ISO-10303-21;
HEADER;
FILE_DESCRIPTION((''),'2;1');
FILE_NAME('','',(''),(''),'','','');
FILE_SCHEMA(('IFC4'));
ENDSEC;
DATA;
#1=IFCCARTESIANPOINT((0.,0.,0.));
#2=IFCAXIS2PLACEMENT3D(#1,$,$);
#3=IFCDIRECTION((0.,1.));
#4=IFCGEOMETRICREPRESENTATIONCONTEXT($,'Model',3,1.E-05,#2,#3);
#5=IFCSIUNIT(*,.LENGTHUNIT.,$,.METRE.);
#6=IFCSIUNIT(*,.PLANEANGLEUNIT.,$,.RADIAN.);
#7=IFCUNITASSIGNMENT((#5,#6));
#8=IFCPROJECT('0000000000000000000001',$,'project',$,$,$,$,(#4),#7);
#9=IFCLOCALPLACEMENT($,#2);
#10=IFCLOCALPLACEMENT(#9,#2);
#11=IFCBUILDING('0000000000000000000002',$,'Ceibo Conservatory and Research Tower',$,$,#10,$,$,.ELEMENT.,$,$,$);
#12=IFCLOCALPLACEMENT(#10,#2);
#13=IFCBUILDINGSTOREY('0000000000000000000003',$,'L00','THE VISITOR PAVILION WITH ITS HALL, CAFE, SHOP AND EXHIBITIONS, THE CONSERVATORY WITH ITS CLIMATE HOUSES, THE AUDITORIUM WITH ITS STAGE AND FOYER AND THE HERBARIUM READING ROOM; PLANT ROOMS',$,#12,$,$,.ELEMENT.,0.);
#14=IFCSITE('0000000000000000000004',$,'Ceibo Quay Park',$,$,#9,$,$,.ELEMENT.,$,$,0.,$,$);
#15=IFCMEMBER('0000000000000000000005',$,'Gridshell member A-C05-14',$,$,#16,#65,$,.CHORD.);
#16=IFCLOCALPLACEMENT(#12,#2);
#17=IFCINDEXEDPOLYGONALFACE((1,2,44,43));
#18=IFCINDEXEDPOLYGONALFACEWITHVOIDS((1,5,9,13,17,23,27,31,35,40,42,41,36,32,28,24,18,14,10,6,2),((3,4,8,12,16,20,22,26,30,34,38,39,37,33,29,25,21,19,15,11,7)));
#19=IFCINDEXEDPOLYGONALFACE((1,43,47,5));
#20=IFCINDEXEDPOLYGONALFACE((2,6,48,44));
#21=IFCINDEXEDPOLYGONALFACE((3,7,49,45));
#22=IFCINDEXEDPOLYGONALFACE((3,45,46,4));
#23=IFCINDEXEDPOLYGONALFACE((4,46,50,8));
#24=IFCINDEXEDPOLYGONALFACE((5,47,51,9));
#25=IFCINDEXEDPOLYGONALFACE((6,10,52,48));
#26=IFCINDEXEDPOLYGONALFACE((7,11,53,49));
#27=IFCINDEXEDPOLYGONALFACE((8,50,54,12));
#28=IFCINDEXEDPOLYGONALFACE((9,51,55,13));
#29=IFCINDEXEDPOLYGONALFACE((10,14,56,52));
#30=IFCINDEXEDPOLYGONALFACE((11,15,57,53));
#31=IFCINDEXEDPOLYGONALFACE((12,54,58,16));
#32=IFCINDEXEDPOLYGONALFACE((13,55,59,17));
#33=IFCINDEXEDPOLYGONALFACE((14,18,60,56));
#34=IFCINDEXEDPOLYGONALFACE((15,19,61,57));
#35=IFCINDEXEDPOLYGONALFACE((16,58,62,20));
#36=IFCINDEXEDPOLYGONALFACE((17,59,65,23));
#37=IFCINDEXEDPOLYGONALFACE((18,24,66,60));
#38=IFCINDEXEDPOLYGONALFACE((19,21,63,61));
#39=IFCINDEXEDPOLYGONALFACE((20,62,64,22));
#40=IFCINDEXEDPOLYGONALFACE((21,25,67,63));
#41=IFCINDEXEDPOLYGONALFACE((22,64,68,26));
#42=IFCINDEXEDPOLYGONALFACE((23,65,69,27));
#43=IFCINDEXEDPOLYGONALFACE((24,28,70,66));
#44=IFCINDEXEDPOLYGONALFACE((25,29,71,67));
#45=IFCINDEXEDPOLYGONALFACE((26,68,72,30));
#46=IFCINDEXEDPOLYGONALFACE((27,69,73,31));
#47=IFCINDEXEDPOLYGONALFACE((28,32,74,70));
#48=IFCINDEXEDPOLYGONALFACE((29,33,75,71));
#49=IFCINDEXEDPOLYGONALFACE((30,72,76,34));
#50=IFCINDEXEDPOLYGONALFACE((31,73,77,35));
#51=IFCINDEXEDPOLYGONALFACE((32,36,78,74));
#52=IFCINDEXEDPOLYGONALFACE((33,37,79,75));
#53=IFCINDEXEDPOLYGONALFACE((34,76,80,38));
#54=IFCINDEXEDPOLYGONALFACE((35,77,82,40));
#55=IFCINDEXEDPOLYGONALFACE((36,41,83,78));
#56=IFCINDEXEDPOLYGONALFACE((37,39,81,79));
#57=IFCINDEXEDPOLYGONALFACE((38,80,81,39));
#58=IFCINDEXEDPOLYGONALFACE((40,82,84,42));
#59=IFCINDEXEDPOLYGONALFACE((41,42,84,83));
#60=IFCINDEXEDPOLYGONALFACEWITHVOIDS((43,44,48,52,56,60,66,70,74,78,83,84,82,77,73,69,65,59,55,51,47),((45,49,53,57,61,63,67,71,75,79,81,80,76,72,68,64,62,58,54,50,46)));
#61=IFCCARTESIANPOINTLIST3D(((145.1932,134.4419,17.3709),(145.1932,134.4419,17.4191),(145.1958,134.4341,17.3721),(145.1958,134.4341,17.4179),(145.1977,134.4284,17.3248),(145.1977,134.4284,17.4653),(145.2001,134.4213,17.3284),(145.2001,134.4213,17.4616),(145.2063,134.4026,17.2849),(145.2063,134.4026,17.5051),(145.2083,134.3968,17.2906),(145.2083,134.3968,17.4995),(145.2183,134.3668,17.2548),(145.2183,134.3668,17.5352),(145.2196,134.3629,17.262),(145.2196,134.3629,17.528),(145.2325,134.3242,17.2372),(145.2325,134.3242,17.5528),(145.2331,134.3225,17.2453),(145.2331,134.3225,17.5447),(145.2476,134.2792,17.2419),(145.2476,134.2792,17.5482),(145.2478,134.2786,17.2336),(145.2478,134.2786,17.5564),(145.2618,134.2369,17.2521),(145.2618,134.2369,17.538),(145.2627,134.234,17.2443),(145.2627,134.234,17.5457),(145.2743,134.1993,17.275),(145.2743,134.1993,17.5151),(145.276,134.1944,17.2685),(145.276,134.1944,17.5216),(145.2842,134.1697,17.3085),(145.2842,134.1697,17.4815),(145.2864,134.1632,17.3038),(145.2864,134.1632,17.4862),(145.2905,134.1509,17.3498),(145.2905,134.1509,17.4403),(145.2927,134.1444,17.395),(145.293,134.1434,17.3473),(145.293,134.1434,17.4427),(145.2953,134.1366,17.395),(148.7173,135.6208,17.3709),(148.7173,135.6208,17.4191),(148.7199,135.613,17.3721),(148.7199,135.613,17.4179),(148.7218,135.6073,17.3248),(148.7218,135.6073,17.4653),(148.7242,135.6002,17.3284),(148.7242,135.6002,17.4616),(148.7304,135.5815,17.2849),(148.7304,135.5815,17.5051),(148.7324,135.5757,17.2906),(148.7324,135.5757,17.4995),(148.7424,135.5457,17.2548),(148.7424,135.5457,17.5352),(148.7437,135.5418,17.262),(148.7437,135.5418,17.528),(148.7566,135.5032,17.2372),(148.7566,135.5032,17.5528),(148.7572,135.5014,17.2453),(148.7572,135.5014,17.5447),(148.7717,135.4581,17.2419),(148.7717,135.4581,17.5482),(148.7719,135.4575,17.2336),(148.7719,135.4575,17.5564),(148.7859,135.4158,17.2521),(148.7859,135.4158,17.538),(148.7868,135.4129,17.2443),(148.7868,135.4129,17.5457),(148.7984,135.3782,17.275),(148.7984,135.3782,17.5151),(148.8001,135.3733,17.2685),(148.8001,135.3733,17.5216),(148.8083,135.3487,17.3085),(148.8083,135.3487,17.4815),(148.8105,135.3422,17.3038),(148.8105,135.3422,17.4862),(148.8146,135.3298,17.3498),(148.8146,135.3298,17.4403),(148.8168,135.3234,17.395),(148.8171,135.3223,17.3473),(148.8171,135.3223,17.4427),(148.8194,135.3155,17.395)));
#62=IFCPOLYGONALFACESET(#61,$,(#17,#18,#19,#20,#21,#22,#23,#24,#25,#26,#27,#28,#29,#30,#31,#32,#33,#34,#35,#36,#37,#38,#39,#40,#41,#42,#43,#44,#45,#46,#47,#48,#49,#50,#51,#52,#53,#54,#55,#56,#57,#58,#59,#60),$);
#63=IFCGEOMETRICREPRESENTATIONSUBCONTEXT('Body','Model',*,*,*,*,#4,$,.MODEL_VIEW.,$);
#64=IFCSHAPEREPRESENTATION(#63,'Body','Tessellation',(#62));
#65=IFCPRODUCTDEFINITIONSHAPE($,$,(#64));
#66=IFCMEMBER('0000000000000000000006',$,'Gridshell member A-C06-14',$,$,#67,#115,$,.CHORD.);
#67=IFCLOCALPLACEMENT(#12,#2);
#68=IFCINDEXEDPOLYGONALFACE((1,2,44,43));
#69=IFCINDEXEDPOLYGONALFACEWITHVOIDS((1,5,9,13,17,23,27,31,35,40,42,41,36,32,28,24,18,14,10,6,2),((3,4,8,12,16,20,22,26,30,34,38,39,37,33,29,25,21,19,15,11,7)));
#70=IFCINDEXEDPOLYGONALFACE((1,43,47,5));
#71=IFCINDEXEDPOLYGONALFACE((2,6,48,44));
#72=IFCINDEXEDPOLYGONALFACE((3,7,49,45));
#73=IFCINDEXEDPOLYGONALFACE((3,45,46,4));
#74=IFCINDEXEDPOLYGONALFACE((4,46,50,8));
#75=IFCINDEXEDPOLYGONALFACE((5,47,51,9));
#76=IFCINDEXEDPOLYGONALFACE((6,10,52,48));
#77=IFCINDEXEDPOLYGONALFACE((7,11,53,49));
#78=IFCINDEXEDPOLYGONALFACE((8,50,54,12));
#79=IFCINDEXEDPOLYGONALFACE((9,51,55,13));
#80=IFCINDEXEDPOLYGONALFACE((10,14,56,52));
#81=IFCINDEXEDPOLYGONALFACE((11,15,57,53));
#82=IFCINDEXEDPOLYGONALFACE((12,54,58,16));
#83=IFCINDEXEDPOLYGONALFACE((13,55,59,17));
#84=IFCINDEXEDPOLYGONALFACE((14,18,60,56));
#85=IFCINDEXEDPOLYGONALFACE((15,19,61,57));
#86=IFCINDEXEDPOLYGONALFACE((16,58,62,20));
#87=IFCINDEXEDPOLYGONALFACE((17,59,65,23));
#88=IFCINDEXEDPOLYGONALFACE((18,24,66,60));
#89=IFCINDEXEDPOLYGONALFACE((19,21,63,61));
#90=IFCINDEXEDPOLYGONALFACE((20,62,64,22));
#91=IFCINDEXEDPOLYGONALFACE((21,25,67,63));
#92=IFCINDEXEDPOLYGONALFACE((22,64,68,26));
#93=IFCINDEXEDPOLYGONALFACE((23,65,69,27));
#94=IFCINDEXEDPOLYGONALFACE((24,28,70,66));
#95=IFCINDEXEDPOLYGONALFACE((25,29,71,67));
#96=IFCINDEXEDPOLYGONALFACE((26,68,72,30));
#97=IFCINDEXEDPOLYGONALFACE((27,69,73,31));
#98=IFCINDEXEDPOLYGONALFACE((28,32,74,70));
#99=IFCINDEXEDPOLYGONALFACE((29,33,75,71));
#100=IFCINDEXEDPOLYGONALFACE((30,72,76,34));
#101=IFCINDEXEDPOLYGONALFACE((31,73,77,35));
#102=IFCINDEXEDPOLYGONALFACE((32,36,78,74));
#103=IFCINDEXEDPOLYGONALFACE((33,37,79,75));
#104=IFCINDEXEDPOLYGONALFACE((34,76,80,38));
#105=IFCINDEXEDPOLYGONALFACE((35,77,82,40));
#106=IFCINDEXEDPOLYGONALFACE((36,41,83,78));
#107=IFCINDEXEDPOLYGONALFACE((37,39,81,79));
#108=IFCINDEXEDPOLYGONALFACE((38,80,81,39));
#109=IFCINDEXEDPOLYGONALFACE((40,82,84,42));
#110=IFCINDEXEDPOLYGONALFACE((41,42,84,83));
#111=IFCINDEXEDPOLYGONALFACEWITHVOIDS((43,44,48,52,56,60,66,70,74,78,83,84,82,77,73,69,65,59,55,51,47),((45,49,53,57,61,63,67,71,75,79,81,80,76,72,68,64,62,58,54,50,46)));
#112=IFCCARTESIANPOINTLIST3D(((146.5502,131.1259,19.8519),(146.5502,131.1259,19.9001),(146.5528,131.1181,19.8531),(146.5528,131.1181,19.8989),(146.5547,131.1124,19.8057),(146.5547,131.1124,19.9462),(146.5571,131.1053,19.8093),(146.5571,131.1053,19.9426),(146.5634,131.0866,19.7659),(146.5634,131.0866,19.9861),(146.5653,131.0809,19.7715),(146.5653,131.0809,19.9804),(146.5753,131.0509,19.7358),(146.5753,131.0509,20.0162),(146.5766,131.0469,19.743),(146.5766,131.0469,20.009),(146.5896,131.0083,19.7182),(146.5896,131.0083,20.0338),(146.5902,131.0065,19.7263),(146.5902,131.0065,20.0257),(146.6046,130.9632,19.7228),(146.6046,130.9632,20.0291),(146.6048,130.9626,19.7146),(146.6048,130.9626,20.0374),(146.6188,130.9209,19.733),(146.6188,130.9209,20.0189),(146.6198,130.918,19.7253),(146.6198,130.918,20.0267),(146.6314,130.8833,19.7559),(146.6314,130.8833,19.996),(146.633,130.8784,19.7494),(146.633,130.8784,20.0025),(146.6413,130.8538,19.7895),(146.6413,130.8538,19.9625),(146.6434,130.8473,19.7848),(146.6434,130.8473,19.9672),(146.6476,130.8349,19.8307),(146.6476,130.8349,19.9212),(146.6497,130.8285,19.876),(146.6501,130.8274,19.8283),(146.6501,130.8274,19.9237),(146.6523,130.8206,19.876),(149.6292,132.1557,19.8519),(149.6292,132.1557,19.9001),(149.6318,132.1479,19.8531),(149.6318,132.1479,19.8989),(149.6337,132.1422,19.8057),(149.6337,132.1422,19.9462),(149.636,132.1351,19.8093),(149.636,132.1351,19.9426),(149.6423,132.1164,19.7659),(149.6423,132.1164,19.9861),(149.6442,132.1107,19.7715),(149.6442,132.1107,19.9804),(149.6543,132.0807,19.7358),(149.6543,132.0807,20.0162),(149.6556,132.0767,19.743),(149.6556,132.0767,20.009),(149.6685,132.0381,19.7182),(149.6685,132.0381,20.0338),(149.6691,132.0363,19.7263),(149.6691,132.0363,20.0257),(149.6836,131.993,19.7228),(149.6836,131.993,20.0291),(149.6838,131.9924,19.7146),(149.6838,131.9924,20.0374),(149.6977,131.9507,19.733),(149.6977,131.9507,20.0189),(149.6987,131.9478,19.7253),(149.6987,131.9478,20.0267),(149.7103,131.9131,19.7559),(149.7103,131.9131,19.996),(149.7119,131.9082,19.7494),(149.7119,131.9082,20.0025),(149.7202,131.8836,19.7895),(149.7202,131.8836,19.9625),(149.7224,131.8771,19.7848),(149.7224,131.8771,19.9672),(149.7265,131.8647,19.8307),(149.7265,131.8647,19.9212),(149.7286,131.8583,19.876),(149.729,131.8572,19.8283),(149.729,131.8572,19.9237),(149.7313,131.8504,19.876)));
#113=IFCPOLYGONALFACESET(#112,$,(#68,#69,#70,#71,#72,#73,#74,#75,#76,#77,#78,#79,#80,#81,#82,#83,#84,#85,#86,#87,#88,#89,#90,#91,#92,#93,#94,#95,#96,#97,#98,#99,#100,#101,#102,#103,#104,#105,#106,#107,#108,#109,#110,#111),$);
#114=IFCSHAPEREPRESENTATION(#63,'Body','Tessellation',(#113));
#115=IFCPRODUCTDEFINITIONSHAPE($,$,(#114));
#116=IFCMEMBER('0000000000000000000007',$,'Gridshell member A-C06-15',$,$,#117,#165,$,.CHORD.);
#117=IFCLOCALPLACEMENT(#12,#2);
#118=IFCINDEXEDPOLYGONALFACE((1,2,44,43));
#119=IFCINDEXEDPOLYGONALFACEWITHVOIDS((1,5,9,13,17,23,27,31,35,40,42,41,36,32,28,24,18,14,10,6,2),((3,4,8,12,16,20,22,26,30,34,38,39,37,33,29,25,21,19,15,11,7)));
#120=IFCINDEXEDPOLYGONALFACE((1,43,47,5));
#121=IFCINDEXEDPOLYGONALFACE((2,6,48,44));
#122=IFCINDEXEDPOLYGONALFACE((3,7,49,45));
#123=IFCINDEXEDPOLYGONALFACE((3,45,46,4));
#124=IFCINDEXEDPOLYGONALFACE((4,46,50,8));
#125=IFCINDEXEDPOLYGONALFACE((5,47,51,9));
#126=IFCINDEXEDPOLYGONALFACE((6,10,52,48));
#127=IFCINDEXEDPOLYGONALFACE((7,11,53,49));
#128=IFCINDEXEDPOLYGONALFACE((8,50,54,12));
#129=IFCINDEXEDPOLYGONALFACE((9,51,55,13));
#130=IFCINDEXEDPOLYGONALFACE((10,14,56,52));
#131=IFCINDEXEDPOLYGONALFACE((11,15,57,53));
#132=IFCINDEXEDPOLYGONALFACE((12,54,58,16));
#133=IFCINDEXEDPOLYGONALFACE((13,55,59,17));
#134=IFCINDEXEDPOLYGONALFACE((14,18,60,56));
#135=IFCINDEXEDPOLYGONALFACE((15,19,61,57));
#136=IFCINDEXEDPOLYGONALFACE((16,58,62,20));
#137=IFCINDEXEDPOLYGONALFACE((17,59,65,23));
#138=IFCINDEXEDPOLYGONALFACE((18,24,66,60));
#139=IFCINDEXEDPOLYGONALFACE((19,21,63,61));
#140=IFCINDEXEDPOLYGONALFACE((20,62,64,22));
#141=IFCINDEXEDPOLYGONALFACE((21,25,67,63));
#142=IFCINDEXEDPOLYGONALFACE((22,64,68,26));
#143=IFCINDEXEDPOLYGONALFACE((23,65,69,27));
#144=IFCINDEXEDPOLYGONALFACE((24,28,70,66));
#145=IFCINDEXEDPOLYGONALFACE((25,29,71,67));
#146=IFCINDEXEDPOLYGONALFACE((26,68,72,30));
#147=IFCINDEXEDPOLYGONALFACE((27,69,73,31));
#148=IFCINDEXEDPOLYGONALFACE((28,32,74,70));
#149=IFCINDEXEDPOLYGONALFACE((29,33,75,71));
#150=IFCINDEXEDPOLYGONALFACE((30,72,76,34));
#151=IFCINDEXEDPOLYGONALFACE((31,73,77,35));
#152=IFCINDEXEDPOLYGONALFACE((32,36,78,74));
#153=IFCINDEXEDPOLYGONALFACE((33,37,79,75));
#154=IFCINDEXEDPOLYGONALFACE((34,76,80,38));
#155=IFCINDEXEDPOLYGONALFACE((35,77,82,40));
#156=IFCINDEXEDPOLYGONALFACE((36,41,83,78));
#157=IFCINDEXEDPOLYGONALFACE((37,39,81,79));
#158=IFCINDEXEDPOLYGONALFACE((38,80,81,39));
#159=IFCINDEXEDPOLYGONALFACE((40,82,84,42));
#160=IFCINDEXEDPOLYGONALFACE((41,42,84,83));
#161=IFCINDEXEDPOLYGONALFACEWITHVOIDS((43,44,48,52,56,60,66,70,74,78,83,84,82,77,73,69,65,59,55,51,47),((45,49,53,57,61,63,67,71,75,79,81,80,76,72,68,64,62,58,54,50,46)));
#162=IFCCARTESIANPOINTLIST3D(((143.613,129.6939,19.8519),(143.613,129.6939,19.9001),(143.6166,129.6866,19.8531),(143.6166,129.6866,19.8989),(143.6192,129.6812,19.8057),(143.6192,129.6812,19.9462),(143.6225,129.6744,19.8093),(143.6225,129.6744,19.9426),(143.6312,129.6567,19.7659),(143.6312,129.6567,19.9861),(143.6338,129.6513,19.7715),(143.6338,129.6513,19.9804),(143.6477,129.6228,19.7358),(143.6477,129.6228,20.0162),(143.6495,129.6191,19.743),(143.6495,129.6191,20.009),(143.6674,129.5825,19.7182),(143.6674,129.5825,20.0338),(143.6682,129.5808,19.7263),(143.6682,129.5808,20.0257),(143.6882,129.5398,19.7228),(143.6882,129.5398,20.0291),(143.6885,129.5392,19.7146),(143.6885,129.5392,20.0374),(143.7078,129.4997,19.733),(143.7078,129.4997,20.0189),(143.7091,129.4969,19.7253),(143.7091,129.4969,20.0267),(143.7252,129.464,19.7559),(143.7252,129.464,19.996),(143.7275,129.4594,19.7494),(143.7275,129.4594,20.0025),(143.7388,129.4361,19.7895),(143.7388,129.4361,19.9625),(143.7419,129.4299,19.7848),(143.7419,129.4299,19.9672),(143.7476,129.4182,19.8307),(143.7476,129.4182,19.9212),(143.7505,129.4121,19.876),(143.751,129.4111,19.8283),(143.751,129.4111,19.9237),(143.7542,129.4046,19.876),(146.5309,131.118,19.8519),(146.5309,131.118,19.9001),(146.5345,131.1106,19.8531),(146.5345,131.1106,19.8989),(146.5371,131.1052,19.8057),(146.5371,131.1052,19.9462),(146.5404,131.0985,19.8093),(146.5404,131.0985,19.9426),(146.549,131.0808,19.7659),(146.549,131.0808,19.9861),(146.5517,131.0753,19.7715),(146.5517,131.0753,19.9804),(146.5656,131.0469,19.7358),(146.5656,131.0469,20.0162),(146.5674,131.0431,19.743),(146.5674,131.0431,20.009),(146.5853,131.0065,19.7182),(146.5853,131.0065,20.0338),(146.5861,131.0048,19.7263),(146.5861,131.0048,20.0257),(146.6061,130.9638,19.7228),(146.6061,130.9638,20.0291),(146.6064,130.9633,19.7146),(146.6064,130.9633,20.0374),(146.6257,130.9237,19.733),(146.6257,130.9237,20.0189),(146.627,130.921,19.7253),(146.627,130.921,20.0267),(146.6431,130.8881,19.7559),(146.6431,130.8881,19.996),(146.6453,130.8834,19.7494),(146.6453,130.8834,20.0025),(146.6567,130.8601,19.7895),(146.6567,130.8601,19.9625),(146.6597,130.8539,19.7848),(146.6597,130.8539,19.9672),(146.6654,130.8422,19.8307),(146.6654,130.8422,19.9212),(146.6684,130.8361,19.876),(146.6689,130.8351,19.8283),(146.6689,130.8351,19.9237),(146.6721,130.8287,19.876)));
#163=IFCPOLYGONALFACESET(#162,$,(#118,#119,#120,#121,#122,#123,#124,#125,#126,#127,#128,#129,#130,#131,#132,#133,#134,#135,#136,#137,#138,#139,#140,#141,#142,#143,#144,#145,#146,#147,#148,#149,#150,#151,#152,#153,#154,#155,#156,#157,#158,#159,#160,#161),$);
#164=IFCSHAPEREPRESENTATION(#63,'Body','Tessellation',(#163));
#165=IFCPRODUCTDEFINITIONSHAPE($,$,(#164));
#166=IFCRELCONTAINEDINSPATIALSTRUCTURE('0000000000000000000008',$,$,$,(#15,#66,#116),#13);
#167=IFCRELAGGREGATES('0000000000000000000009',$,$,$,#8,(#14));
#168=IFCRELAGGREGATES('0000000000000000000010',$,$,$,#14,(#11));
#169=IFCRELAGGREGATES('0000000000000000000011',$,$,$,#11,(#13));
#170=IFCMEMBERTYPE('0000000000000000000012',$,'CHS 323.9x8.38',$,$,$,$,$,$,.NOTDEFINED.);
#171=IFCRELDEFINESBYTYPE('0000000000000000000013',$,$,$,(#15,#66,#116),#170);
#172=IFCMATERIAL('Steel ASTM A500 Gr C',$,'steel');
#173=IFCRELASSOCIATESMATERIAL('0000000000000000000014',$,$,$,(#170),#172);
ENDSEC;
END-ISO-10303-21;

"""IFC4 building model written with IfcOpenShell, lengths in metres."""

from ifc_helpers import new_model, si_unit, direction, frame, origin, origin_2d, place, context, subcontext, project, spatial, hollow_circle, extrude, material, material_profile, profile_set, type_object, element, save


model = new_model("IFC4")

# Units and contexts
model_context = context("Model", 3, precision=1e-05, world=origin(), true_north=direction((0.0, 1.0)))
body_context = subcontext(model_context, "Body", "Model", "MODEL_VIEW")
ifc_project = project(units=[si_unit("LENGTHUNIT", "METRE"), si_unit("PLANEANGLEUNIT", "RADIAN")], contexts=[model_context])

# Site, building, storey
site_placement = place(None, origin())
site = spatial("IfcSite", under=ifc_project, at=site_placement, Name="Ceibo Quay Park", CompositionType="ELEMENT", RefElevation=0.0)
building_placement = place(site_placement, origin())
building = spatial("IfcBuilding", under=site, at=building_placement, Name="Ceibo Conservatory and Research Tower", CompositionType="ELEMENT")
storey_placement = place(building_placement, origin())
storey = spatial("IfcBuildingStorey", under=building, at=storey_placement, Name="L00", Description="THE VISITOR PAVILION WITH ITS HALL, CAFE, SHOP AND EXHIBITIONS, THE CONSERVATORY WITH ITS CLIMATE HOUSES, THE AUDITORIUM WITH ITS STAGE AND FOYER AND THE HERBARIUM READING ROOM; PLANT ROOMS", CompositionType="ELEMENT", Elevation=0.0)

# Members
ifc_material_1 = material(Name="Steel ASTM A500 Gr C", Category="steel")
ifc_material_profile_1 = material_profile(ifc_material_1, hollow_circle(Radius=0.1619, WallThickness=0.0083, at=origin_2d()), Name="CHS 323.9x8.38")
ifc_profile_set_1 = profile_set([ifc_material_profile_1], Name="Steel ASTM A500 Gr C")
member_type_1 = type_object("IfcMemberType", Name="CHS 323.9x8.38", PredefinedType="NOTDEFINED", material=ifc_profile_set_1)
member_1_placement = place(storey_placement, frame((148.7681, 135.469, 17.395), z_axis=(-0.948341, -0.317252, 0.0), x_axis=(0.317252, -0.948341, 0.0)))
element("IfcMember", 1, at=member_1_placement, inside=storey, type_object=member_type_1, Name="Gridshell member A-C05-14", PredefinedType="CHORD", context=body_context, shape_type="SweptSolid", body=[
    extrude(hollow_circle(Radius=0.1619, WallThickness=0.0083, at=origin_2d()), origin(), (0.0, 0.0, 1.0), 3.7161),
])
member_2_placement = place(storey_placement, frame((149.6799, 132.0039, 19.876), z_axis=(-0.948359, -0.317198, 0.0), x_axis=(0.317198, -0.948359, 0.0)))
element("IfcMember", 2, at=member_2_placement, inside=storey, type_object=member_type_1, Name="Gridshell member A-C06-14", PredefinedType="CHORD", context=body_context, shape_type="SweptSolid", body=[
    extrude(hollow_circle(Radius=0.1619, WallThickness=0.0083, at=origin_2d()), origin(), (0.0, 0.0, 1.0), 3.2466),
])
member_3_placement = place(storey_placement, frame((146.6011, 130.9741, 19.876), z_axis=(-0.898687, -0.438591, 0.0), x_axis=(0.438591, -0.898687, 0.0)))
element("IfcMember", 3, at=member_3_placement, inside=storey, type_object=member_type_1, Name="Gridshell member A-C06-15", PredefinedType="CHORD", context=body_context, shape_type="SweptSolid", body=[
    extrude(hollow_circle(Radius=0.1619, WallThickness=0.0083, at=origin_2d()), origin(), (0.0, 0.0, 1.0), 3.2468),
])

save(model, "model.ifc")
